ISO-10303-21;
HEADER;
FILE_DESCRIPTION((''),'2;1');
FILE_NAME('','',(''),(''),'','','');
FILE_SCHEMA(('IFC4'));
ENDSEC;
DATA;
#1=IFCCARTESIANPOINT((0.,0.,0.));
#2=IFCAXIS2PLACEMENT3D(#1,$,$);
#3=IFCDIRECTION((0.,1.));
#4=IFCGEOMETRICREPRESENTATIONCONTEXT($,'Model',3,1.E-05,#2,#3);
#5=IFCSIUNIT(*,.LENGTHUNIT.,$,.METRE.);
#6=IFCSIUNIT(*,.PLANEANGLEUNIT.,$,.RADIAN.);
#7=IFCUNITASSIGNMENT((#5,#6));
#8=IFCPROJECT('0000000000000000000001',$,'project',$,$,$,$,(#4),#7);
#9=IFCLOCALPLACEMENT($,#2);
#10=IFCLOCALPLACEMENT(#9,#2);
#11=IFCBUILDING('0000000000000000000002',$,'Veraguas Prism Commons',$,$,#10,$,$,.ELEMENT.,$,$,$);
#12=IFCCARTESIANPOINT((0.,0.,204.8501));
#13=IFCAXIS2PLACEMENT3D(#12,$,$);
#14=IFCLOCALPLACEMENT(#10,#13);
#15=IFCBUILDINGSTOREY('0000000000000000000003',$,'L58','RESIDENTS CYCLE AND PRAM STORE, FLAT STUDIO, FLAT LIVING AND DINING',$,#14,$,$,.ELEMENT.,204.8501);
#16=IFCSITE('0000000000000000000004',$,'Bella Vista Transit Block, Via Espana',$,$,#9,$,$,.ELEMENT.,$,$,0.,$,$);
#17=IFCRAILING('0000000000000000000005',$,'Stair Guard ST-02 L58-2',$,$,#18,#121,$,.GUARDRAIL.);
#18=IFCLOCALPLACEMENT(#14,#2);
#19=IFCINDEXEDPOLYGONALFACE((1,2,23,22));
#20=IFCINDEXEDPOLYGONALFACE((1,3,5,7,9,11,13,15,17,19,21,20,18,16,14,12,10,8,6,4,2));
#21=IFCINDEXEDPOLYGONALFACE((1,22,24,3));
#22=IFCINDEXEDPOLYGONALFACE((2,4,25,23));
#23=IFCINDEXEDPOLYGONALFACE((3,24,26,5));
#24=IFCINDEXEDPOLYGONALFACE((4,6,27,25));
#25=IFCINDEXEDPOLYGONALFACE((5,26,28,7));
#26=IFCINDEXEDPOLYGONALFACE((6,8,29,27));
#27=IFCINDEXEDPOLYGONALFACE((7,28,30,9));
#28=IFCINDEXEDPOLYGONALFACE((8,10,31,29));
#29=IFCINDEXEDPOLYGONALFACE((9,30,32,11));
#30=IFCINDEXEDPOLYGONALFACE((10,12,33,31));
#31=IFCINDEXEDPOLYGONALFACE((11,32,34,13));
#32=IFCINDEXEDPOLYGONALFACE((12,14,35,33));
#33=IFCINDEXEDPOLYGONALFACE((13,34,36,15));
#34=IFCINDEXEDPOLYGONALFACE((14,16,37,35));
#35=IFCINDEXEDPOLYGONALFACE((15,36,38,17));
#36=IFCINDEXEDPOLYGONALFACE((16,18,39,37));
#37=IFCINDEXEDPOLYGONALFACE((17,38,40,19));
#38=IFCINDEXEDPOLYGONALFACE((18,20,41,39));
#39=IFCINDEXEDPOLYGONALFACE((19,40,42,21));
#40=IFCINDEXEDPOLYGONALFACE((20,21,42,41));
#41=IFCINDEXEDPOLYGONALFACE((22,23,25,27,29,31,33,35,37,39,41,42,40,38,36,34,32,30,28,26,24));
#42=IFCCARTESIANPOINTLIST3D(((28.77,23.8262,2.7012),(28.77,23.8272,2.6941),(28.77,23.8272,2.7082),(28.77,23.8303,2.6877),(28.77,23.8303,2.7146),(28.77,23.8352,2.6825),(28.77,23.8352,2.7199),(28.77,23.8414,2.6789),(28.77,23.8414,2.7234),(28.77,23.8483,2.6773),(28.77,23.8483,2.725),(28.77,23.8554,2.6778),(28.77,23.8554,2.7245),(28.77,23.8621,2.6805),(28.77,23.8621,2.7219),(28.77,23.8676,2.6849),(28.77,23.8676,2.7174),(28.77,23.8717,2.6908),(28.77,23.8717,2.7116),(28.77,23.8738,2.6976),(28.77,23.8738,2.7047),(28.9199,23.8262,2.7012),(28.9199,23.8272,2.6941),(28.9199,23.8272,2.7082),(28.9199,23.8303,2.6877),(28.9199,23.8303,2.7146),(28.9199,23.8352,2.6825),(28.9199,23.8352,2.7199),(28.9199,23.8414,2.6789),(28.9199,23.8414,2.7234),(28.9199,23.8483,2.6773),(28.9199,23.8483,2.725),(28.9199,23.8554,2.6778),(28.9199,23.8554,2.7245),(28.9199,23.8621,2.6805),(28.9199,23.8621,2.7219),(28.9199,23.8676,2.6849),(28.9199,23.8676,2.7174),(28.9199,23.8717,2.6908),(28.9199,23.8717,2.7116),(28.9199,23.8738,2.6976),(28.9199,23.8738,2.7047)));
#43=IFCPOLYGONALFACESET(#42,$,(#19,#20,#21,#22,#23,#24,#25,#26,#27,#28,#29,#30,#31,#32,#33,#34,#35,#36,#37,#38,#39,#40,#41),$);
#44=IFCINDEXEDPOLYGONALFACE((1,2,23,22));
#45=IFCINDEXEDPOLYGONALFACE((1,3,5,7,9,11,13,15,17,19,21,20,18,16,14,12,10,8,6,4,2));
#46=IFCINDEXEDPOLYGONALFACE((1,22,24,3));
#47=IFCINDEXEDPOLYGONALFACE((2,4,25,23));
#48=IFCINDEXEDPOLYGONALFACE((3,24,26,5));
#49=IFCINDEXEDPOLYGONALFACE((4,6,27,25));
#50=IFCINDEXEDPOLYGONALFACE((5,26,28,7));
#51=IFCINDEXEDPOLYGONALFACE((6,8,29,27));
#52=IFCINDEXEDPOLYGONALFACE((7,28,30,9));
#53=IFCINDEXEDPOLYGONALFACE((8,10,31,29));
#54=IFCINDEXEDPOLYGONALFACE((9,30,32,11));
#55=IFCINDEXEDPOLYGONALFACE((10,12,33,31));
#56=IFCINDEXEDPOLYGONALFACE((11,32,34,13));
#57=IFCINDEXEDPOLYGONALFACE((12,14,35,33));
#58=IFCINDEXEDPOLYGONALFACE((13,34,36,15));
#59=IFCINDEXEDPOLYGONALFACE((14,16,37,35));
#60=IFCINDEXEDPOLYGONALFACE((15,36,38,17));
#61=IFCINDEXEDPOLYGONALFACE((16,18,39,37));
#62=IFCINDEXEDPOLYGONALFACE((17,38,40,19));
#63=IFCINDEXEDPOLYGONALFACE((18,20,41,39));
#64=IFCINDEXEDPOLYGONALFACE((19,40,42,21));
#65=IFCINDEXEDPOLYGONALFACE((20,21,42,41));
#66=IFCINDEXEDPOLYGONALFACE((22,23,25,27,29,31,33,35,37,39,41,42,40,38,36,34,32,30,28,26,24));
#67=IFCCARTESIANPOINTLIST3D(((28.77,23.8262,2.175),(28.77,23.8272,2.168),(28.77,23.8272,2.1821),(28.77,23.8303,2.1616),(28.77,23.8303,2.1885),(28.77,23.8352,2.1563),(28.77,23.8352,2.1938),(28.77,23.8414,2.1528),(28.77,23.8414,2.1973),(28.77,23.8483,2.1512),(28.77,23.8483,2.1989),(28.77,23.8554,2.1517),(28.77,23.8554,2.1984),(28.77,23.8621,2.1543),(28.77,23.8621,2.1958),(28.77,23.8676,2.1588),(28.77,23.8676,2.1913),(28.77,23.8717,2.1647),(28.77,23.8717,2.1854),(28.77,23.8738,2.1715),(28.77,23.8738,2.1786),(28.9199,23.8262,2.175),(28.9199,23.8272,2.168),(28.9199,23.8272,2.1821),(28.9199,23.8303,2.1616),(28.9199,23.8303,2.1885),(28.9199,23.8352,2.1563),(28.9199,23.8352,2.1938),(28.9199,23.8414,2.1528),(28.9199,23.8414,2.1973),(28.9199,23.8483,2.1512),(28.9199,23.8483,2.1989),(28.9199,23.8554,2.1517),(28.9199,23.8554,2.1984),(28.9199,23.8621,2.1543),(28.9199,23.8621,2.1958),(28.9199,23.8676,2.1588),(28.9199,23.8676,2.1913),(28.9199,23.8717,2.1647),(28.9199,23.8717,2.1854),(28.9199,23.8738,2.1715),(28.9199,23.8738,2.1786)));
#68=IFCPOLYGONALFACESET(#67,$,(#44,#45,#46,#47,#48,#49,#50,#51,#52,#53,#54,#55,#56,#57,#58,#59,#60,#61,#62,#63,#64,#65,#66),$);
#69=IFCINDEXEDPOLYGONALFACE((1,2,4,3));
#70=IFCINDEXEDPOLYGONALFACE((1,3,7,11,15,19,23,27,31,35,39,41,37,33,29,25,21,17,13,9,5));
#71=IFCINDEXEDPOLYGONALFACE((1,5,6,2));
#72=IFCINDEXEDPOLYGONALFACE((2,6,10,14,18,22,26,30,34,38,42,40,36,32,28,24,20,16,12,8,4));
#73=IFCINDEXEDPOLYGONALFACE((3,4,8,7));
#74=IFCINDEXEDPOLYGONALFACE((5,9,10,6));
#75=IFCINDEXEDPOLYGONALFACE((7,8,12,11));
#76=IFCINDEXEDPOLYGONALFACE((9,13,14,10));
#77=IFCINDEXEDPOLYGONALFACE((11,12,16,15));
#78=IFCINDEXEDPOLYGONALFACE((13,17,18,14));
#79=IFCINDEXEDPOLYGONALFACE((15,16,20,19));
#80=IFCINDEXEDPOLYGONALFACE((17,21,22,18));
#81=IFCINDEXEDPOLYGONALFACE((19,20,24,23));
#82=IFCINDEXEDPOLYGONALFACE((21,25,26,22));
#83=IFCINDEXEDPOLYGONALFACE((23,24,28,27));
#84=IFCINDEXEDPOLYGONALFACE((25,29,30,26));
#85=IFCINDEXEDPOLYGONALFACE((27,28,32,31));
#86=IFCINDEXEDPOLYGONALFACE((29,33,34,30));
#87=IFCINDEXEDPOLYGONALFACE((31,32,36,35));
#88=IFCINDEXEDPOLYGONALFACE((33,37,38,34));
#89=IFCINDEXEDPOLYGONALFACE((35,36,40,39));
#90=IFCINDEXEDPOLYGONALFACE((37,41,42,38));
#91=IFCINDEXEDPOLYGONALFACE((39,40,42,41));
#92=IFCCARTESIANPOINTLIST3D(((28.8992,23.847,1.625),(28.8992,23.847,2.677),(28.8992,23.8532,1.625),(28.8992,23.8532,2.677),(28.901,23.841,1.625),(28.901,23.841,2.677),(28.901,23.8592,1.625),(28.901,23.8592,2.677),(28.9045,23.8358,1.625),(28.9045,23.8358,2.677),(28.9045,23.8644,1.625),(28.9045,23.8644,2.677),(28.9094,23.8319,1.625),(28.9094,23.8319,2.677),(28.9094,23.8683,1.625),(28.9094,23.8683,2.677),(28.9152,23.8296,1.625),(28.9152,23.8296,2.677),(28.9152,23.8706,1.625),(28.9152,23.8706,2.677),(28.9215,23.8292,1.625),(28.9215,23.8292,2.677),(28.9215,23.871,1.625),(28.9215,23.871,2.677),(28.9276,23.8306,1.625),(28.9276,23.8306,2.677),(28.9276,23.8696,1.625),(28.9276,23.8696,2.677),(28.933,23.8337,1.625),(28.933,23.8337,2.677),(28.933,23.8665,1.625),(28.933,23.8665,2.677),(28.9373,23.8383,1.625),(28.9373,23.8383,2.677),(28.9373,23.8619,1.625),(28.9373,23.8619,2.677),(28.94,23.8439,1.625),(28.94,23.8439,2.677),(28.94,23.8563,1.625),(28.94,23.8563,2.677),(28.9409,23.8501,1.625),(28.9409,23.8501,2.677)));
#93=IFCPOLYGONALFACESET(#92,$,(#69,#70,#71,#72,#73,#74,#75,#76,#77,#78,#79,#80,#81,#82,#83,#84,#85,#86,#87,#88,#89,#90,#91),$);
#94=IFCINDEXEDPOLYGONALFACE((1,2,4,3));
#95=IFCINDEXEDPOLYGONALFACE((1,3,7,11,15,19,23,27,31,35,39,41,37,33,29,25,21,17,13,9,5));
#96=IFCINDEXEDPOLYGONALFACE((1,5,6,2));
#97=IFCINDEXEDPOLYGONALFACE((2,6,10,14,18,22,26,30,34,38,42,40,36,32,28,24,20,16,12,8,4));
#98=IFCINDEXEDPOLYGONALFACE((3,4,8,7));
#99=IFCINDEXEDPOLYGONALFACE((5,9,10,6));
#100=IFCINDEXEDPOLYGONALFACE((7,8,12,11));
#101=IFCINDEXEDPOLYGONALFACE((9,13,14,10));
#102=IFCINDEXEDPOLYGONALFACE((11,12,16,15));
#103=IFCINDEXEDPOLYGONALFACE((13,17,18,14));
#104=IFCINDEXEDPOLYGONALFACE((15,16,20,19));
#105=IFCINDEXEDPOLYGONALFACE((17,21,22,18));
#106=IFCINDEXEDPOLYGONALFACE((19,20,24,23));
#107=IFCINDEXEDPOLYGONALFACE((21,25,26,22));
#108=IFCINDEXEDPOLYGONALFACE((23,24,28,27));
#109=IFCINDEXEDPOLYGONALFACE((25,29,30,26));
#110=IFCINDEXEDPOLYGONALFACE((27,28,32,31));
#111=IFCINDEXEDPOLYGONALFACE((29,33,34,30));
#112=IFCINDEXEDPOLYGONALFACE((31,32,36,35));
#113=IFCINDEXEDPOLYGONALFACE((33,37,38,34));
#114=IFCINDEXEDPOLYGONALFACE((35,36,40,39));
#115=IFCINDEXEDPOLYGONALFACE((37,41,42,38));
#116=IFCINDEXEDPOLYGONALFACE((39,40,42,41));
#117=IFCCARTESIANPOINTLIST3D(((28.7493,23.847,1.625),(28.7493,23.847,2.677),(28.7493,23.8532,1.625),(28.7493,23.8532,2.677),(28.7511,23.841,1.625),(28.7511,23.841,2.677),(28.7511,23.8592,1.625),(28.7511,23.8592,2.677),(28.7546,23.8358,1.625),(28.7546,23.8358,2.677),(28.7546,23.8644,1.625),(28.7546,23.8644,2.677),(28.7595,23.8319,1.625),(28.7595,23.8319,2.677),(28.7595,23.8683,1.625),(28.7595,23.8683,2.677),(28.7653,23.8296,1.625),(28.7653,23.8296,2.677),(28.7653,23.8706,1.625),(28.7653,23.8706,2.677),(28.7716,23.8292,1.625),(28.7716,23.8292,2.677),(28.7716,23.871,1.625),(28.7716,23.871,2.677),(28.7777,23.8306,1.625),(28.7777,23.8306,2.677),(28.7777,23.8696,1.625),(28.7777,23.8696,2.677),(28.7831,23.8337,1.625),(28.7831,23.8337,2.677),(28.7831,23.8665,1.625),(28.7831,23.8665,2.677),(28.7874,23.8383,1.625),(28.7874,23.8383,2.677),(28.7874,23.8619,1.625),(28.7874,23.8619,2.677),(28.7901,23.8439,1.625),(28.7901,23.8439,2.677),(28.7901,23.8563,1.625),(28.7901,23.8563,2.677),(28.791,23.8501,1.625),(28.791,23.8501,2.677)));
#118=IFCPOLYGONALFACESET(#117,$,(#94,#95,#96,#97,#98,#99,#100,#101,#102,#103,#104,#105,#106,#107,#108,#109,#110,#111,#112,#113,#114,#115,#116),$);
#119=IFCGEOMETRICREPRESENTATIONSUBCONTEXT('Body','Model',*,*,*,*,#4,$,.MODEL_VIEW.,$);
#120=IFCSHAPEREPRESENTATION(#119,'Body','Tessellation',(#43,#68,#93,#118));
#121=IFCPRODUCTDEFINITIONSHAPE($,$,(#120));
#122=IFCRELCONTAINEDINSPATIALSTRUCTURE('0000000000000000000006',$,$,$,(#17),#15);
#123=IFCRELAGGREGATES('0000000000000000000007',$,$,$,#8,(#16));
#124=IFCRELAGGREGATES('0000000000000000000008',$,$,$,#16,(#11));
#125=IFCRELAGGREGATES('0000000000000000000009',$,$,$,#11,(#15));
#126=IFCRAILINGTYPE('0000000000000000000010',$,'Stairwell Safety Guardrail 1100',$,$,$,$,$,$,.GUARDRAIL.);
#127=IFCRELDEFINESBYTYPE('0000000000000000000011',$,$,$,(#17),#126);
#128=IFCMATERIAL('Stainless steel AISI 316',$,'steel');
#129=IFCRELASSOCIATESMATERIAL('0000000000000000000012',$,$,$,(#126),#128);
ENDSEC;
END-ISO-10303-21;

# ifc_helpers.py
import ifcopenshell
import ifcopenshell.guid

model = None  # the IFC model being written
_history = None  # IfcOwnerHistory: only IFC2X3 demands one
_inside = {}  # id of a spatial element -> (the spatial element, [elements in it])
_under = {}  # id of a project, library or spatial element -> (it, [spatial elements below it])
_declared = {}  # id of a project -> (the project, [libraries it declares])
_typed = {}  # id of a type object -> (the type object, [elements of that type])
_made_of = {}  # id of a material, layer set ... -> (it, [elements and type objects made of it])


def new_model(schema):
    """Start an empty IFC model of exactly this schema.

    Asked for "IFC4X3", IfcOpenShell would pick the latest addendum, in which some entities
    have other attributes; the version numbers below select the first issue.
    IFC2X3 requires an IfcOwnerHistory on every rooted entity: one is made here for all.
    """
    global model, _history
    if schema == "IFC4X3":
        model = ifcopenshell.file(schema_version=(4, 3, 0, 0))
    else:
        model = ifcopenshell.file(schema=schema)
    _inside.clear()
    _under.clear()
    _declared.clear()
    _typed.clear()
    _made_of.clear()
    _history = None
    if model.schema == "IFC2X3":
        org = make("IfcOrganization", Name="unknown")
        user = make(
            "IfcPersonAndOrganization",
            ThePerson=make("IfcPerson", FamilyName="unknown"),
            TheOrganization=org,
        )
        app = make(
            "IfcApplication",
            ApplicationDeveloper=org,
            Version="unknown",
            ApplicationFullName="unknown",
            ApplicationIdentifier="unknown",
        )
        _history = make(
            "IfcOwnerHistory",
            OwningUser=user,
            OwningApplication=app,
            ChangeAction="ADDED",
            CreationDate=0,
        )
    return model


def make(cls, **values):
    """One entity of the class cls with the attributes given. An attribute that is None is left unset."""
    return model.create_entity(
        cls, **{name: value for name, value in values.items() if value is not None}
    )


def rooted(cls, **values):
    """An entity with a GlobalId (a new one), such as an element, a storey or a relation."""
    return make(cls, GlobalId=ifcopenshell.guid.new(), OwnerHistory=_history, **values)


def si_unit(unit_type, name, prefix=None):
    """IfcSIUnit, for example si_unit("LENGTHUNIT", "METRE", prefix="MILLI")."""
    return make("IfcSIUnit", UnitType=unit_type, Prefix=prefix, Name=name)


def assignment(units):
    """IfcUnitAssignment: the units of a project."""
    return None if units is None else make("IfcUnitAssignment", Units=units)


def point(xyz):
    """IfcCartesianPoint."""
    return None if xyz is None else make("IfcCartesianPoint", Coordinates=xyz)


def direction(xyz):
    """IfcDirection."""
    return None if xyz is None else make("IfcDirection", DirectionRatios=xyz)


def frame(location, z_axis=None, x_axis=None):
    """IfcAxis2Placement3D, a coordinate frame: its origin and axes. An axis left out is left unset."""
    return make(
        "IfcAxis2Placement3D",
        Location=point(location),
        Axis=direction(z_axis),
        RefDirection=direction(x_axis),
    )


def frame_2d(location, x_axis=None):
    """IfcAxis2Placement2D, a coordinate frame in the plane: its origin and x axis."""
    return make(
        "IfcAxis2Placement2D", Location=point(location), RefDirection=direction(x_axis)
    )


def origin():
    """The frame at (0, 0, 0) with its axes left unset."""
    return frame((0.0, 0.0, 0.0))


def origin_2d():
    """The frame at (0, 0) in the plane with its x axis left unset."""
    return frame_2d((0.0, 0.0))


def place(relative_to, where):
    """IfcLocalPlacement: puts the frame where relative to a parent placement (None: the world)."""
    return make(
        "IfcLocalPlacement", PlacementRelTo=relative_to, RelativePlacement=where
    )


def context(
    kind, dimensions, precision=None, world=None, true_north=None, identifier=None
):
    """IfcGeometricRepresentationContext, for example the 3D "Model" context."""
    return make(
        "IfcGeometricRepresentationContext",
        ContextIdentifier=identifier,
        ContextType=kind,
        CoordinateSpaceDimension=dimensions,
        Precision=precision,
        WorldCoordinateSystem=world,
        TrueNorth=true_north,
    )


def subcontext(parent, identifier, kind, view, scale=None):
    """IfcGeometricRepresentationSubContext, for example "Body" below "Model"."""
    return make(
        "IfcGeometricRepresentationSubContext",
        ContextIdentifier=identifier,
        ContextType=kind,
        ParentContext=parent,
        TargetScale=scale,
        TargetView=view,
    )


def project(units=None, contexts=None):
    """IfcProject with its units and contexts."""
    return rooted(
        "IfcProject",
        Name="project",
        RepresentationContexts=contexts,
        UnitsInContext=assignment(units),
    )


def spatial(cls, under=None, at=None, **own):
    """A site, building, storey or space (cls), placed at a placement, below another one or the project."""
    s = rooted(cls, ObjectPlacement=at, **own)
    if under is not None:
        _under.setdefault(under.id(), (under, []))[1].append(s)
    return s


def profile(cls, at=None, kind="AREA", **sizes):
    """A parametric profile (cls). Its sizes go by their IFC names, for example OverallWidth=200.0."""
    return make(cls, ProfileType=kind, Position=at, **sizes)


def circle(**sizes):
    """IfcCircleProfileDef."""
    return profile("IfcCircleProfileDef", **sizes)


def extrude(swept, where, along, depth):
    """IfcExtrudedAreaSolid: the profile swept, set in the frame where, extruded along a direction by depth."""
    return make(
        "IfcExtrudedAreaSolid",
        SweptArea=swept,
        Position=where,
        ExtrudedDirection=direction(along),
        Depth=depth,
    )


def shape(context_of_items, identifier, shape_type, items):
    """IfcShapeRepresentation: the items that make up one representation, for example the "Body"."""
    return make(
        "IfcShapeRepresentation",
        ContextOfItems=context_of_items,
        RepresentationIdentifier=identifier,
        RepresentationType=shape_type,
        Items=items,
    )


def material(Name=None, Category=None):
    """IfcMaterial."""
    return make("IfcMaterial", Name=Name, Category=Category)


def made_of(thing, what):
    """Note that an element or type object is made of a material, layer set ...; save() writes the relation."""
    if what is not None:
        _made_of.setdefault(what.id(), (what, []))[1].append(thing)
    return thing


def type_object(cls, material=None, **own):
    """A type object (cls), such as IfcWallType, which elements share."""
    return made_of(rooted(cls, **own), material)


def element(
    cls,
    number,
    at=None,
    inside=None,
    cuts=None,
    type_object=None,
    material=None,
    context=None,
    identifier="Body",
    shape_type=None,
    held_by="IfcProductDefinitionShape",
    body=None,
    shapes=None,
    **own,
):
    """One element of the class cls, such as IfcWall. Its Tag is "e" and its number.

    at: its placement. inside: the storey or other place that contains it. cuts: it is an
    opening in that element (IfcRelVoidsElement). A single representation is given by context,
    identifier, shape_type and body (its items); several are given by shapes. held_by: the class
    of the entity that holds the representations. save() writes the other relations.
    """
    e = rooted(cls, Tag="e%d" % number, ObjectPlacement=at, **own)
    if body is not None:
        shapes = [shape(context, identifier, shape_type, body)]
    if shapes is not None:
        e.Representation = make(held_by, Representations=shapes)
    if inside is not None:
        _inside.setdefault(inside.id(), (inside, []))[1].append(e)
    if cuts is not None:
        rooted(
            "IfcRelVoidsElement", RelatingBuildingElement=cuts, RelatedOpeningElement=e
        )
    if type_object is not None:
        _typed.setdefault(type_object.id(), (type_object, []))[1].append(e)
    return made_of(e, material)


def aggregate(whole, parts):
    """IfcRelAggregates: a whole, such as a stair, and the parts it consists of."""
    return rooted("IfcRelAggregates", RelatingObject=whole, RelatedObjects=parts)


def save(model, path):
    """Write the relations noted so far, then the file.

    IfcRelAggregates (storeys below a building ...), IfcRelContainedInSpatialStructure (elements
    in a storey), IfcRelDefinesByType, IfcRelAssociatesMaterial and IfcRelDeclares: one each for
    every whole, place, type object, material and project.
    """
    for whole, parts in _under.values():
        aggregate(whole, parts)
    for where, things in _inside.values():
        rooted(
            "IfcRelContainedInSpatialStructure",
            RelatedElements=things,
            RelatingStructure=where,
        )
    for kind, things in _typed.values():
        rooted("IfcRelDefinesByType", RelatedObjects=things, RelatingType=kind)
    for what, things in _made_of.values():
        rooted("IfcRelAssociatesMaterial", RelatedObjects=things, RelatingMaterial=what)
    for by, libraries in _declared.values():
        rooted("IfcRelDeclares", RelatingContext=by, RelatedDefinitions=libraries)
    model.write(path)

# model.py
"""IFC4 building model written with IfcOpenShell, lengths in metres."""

from ifc_helpers import new_model, si_unit, direction, frame, origin, origin_2d, place, context, subcontext, project, spatial, circle, extrude, material, type_object, element, save


model = new_model("IFC4")

# Units and contexts
model_context = context("Model", 3, precision=1e-05, world=origin(), true_north=direction((0.0, 1.0)))
body_context = subcontext(model_context, "Body", "Model", "MODEL_VIEW")
ifc_project = project(units=[si_unit("LENGTHUNIT", "METRE"), si_unit("PLANEANGLEUNIT", "RADIAN")], contexts=[model_context])

# Site, building, storey
site_placement = place(None, origin())
site = spatial("IfcSite", under=ifc_project, at=site_placement, Name="Bella Vista Transit Block, Via Espana", CompositionType="ELEMENT", RefElevation=0.0)
building_placement = place(site_placement, origin())
building = spatial("IfcBuilding", under=site, at=building_placement, Name="Veraguas Prism Commons", CompositionType="ELEMENT")
storey_placement = place(building_placement, frame((0.0, 0.0, 204.8501)))
storey = spatial("IfcBuildingStorey", under=building, at=storey_placement, Name="L58", Description="RESIDENTS CYCLE AND PRAM STORE, FLAT STUDIO, FLAT LIVING AND DINING", CompositionType="ELEMENT", Elevation=204.8501)

# Railing
ifc_material_1 = material(Name="Stainless steel AISI 316", Category="steel")
railing_type_1 = type_object("IfcRailingType", Name="Stairwell Safety Guardrail 1100", PredefinedType="GUARDRAIL", material=ifc_material_1)
railing_1_placement = place(storey_placement, frame((28.9199, 23.8501, 1.625)))
element("IfcRailing", 1, at=railing_1_placement, inside=storey, type_object=railing_type_1, Name="Stair Guard ST-02 L58-2", PredefinedType="GUARDRAIL", context=body_context, shape_type="SweptSolid", body=[
    extrude(circle(Radius=0.0239, at=origin_2d()), frame((0.0, 0.0, 1.0762), z_axis=(-1.0, 0.0, 0.0), x_axis=(0.0, -1.0, 0.0)), (0.0, 0.0, 1.0), 0.1499),
    extrude(circle(Radius=0.0239, at=origin_2d()), frame((0.0, 0.0, 0.55), z_axis=(-1.0, 0.0, 0.0), x_axis=(0.0, -1.0, 0.0)), (0.0, 0.0, 1.0), 0.1499),
    extrude(circle(Radius=0.021, at=origin_2d()), origin(), (0.0, 0.0, 1.0), 1.052),
    extrude(circle(Radius=0.021, at=origin_2d()), frame((-0.1499, 0.0, 0.0)), (0.0, 0.0, 1.0), 1.052),
])

save(model, "model.ifc")
